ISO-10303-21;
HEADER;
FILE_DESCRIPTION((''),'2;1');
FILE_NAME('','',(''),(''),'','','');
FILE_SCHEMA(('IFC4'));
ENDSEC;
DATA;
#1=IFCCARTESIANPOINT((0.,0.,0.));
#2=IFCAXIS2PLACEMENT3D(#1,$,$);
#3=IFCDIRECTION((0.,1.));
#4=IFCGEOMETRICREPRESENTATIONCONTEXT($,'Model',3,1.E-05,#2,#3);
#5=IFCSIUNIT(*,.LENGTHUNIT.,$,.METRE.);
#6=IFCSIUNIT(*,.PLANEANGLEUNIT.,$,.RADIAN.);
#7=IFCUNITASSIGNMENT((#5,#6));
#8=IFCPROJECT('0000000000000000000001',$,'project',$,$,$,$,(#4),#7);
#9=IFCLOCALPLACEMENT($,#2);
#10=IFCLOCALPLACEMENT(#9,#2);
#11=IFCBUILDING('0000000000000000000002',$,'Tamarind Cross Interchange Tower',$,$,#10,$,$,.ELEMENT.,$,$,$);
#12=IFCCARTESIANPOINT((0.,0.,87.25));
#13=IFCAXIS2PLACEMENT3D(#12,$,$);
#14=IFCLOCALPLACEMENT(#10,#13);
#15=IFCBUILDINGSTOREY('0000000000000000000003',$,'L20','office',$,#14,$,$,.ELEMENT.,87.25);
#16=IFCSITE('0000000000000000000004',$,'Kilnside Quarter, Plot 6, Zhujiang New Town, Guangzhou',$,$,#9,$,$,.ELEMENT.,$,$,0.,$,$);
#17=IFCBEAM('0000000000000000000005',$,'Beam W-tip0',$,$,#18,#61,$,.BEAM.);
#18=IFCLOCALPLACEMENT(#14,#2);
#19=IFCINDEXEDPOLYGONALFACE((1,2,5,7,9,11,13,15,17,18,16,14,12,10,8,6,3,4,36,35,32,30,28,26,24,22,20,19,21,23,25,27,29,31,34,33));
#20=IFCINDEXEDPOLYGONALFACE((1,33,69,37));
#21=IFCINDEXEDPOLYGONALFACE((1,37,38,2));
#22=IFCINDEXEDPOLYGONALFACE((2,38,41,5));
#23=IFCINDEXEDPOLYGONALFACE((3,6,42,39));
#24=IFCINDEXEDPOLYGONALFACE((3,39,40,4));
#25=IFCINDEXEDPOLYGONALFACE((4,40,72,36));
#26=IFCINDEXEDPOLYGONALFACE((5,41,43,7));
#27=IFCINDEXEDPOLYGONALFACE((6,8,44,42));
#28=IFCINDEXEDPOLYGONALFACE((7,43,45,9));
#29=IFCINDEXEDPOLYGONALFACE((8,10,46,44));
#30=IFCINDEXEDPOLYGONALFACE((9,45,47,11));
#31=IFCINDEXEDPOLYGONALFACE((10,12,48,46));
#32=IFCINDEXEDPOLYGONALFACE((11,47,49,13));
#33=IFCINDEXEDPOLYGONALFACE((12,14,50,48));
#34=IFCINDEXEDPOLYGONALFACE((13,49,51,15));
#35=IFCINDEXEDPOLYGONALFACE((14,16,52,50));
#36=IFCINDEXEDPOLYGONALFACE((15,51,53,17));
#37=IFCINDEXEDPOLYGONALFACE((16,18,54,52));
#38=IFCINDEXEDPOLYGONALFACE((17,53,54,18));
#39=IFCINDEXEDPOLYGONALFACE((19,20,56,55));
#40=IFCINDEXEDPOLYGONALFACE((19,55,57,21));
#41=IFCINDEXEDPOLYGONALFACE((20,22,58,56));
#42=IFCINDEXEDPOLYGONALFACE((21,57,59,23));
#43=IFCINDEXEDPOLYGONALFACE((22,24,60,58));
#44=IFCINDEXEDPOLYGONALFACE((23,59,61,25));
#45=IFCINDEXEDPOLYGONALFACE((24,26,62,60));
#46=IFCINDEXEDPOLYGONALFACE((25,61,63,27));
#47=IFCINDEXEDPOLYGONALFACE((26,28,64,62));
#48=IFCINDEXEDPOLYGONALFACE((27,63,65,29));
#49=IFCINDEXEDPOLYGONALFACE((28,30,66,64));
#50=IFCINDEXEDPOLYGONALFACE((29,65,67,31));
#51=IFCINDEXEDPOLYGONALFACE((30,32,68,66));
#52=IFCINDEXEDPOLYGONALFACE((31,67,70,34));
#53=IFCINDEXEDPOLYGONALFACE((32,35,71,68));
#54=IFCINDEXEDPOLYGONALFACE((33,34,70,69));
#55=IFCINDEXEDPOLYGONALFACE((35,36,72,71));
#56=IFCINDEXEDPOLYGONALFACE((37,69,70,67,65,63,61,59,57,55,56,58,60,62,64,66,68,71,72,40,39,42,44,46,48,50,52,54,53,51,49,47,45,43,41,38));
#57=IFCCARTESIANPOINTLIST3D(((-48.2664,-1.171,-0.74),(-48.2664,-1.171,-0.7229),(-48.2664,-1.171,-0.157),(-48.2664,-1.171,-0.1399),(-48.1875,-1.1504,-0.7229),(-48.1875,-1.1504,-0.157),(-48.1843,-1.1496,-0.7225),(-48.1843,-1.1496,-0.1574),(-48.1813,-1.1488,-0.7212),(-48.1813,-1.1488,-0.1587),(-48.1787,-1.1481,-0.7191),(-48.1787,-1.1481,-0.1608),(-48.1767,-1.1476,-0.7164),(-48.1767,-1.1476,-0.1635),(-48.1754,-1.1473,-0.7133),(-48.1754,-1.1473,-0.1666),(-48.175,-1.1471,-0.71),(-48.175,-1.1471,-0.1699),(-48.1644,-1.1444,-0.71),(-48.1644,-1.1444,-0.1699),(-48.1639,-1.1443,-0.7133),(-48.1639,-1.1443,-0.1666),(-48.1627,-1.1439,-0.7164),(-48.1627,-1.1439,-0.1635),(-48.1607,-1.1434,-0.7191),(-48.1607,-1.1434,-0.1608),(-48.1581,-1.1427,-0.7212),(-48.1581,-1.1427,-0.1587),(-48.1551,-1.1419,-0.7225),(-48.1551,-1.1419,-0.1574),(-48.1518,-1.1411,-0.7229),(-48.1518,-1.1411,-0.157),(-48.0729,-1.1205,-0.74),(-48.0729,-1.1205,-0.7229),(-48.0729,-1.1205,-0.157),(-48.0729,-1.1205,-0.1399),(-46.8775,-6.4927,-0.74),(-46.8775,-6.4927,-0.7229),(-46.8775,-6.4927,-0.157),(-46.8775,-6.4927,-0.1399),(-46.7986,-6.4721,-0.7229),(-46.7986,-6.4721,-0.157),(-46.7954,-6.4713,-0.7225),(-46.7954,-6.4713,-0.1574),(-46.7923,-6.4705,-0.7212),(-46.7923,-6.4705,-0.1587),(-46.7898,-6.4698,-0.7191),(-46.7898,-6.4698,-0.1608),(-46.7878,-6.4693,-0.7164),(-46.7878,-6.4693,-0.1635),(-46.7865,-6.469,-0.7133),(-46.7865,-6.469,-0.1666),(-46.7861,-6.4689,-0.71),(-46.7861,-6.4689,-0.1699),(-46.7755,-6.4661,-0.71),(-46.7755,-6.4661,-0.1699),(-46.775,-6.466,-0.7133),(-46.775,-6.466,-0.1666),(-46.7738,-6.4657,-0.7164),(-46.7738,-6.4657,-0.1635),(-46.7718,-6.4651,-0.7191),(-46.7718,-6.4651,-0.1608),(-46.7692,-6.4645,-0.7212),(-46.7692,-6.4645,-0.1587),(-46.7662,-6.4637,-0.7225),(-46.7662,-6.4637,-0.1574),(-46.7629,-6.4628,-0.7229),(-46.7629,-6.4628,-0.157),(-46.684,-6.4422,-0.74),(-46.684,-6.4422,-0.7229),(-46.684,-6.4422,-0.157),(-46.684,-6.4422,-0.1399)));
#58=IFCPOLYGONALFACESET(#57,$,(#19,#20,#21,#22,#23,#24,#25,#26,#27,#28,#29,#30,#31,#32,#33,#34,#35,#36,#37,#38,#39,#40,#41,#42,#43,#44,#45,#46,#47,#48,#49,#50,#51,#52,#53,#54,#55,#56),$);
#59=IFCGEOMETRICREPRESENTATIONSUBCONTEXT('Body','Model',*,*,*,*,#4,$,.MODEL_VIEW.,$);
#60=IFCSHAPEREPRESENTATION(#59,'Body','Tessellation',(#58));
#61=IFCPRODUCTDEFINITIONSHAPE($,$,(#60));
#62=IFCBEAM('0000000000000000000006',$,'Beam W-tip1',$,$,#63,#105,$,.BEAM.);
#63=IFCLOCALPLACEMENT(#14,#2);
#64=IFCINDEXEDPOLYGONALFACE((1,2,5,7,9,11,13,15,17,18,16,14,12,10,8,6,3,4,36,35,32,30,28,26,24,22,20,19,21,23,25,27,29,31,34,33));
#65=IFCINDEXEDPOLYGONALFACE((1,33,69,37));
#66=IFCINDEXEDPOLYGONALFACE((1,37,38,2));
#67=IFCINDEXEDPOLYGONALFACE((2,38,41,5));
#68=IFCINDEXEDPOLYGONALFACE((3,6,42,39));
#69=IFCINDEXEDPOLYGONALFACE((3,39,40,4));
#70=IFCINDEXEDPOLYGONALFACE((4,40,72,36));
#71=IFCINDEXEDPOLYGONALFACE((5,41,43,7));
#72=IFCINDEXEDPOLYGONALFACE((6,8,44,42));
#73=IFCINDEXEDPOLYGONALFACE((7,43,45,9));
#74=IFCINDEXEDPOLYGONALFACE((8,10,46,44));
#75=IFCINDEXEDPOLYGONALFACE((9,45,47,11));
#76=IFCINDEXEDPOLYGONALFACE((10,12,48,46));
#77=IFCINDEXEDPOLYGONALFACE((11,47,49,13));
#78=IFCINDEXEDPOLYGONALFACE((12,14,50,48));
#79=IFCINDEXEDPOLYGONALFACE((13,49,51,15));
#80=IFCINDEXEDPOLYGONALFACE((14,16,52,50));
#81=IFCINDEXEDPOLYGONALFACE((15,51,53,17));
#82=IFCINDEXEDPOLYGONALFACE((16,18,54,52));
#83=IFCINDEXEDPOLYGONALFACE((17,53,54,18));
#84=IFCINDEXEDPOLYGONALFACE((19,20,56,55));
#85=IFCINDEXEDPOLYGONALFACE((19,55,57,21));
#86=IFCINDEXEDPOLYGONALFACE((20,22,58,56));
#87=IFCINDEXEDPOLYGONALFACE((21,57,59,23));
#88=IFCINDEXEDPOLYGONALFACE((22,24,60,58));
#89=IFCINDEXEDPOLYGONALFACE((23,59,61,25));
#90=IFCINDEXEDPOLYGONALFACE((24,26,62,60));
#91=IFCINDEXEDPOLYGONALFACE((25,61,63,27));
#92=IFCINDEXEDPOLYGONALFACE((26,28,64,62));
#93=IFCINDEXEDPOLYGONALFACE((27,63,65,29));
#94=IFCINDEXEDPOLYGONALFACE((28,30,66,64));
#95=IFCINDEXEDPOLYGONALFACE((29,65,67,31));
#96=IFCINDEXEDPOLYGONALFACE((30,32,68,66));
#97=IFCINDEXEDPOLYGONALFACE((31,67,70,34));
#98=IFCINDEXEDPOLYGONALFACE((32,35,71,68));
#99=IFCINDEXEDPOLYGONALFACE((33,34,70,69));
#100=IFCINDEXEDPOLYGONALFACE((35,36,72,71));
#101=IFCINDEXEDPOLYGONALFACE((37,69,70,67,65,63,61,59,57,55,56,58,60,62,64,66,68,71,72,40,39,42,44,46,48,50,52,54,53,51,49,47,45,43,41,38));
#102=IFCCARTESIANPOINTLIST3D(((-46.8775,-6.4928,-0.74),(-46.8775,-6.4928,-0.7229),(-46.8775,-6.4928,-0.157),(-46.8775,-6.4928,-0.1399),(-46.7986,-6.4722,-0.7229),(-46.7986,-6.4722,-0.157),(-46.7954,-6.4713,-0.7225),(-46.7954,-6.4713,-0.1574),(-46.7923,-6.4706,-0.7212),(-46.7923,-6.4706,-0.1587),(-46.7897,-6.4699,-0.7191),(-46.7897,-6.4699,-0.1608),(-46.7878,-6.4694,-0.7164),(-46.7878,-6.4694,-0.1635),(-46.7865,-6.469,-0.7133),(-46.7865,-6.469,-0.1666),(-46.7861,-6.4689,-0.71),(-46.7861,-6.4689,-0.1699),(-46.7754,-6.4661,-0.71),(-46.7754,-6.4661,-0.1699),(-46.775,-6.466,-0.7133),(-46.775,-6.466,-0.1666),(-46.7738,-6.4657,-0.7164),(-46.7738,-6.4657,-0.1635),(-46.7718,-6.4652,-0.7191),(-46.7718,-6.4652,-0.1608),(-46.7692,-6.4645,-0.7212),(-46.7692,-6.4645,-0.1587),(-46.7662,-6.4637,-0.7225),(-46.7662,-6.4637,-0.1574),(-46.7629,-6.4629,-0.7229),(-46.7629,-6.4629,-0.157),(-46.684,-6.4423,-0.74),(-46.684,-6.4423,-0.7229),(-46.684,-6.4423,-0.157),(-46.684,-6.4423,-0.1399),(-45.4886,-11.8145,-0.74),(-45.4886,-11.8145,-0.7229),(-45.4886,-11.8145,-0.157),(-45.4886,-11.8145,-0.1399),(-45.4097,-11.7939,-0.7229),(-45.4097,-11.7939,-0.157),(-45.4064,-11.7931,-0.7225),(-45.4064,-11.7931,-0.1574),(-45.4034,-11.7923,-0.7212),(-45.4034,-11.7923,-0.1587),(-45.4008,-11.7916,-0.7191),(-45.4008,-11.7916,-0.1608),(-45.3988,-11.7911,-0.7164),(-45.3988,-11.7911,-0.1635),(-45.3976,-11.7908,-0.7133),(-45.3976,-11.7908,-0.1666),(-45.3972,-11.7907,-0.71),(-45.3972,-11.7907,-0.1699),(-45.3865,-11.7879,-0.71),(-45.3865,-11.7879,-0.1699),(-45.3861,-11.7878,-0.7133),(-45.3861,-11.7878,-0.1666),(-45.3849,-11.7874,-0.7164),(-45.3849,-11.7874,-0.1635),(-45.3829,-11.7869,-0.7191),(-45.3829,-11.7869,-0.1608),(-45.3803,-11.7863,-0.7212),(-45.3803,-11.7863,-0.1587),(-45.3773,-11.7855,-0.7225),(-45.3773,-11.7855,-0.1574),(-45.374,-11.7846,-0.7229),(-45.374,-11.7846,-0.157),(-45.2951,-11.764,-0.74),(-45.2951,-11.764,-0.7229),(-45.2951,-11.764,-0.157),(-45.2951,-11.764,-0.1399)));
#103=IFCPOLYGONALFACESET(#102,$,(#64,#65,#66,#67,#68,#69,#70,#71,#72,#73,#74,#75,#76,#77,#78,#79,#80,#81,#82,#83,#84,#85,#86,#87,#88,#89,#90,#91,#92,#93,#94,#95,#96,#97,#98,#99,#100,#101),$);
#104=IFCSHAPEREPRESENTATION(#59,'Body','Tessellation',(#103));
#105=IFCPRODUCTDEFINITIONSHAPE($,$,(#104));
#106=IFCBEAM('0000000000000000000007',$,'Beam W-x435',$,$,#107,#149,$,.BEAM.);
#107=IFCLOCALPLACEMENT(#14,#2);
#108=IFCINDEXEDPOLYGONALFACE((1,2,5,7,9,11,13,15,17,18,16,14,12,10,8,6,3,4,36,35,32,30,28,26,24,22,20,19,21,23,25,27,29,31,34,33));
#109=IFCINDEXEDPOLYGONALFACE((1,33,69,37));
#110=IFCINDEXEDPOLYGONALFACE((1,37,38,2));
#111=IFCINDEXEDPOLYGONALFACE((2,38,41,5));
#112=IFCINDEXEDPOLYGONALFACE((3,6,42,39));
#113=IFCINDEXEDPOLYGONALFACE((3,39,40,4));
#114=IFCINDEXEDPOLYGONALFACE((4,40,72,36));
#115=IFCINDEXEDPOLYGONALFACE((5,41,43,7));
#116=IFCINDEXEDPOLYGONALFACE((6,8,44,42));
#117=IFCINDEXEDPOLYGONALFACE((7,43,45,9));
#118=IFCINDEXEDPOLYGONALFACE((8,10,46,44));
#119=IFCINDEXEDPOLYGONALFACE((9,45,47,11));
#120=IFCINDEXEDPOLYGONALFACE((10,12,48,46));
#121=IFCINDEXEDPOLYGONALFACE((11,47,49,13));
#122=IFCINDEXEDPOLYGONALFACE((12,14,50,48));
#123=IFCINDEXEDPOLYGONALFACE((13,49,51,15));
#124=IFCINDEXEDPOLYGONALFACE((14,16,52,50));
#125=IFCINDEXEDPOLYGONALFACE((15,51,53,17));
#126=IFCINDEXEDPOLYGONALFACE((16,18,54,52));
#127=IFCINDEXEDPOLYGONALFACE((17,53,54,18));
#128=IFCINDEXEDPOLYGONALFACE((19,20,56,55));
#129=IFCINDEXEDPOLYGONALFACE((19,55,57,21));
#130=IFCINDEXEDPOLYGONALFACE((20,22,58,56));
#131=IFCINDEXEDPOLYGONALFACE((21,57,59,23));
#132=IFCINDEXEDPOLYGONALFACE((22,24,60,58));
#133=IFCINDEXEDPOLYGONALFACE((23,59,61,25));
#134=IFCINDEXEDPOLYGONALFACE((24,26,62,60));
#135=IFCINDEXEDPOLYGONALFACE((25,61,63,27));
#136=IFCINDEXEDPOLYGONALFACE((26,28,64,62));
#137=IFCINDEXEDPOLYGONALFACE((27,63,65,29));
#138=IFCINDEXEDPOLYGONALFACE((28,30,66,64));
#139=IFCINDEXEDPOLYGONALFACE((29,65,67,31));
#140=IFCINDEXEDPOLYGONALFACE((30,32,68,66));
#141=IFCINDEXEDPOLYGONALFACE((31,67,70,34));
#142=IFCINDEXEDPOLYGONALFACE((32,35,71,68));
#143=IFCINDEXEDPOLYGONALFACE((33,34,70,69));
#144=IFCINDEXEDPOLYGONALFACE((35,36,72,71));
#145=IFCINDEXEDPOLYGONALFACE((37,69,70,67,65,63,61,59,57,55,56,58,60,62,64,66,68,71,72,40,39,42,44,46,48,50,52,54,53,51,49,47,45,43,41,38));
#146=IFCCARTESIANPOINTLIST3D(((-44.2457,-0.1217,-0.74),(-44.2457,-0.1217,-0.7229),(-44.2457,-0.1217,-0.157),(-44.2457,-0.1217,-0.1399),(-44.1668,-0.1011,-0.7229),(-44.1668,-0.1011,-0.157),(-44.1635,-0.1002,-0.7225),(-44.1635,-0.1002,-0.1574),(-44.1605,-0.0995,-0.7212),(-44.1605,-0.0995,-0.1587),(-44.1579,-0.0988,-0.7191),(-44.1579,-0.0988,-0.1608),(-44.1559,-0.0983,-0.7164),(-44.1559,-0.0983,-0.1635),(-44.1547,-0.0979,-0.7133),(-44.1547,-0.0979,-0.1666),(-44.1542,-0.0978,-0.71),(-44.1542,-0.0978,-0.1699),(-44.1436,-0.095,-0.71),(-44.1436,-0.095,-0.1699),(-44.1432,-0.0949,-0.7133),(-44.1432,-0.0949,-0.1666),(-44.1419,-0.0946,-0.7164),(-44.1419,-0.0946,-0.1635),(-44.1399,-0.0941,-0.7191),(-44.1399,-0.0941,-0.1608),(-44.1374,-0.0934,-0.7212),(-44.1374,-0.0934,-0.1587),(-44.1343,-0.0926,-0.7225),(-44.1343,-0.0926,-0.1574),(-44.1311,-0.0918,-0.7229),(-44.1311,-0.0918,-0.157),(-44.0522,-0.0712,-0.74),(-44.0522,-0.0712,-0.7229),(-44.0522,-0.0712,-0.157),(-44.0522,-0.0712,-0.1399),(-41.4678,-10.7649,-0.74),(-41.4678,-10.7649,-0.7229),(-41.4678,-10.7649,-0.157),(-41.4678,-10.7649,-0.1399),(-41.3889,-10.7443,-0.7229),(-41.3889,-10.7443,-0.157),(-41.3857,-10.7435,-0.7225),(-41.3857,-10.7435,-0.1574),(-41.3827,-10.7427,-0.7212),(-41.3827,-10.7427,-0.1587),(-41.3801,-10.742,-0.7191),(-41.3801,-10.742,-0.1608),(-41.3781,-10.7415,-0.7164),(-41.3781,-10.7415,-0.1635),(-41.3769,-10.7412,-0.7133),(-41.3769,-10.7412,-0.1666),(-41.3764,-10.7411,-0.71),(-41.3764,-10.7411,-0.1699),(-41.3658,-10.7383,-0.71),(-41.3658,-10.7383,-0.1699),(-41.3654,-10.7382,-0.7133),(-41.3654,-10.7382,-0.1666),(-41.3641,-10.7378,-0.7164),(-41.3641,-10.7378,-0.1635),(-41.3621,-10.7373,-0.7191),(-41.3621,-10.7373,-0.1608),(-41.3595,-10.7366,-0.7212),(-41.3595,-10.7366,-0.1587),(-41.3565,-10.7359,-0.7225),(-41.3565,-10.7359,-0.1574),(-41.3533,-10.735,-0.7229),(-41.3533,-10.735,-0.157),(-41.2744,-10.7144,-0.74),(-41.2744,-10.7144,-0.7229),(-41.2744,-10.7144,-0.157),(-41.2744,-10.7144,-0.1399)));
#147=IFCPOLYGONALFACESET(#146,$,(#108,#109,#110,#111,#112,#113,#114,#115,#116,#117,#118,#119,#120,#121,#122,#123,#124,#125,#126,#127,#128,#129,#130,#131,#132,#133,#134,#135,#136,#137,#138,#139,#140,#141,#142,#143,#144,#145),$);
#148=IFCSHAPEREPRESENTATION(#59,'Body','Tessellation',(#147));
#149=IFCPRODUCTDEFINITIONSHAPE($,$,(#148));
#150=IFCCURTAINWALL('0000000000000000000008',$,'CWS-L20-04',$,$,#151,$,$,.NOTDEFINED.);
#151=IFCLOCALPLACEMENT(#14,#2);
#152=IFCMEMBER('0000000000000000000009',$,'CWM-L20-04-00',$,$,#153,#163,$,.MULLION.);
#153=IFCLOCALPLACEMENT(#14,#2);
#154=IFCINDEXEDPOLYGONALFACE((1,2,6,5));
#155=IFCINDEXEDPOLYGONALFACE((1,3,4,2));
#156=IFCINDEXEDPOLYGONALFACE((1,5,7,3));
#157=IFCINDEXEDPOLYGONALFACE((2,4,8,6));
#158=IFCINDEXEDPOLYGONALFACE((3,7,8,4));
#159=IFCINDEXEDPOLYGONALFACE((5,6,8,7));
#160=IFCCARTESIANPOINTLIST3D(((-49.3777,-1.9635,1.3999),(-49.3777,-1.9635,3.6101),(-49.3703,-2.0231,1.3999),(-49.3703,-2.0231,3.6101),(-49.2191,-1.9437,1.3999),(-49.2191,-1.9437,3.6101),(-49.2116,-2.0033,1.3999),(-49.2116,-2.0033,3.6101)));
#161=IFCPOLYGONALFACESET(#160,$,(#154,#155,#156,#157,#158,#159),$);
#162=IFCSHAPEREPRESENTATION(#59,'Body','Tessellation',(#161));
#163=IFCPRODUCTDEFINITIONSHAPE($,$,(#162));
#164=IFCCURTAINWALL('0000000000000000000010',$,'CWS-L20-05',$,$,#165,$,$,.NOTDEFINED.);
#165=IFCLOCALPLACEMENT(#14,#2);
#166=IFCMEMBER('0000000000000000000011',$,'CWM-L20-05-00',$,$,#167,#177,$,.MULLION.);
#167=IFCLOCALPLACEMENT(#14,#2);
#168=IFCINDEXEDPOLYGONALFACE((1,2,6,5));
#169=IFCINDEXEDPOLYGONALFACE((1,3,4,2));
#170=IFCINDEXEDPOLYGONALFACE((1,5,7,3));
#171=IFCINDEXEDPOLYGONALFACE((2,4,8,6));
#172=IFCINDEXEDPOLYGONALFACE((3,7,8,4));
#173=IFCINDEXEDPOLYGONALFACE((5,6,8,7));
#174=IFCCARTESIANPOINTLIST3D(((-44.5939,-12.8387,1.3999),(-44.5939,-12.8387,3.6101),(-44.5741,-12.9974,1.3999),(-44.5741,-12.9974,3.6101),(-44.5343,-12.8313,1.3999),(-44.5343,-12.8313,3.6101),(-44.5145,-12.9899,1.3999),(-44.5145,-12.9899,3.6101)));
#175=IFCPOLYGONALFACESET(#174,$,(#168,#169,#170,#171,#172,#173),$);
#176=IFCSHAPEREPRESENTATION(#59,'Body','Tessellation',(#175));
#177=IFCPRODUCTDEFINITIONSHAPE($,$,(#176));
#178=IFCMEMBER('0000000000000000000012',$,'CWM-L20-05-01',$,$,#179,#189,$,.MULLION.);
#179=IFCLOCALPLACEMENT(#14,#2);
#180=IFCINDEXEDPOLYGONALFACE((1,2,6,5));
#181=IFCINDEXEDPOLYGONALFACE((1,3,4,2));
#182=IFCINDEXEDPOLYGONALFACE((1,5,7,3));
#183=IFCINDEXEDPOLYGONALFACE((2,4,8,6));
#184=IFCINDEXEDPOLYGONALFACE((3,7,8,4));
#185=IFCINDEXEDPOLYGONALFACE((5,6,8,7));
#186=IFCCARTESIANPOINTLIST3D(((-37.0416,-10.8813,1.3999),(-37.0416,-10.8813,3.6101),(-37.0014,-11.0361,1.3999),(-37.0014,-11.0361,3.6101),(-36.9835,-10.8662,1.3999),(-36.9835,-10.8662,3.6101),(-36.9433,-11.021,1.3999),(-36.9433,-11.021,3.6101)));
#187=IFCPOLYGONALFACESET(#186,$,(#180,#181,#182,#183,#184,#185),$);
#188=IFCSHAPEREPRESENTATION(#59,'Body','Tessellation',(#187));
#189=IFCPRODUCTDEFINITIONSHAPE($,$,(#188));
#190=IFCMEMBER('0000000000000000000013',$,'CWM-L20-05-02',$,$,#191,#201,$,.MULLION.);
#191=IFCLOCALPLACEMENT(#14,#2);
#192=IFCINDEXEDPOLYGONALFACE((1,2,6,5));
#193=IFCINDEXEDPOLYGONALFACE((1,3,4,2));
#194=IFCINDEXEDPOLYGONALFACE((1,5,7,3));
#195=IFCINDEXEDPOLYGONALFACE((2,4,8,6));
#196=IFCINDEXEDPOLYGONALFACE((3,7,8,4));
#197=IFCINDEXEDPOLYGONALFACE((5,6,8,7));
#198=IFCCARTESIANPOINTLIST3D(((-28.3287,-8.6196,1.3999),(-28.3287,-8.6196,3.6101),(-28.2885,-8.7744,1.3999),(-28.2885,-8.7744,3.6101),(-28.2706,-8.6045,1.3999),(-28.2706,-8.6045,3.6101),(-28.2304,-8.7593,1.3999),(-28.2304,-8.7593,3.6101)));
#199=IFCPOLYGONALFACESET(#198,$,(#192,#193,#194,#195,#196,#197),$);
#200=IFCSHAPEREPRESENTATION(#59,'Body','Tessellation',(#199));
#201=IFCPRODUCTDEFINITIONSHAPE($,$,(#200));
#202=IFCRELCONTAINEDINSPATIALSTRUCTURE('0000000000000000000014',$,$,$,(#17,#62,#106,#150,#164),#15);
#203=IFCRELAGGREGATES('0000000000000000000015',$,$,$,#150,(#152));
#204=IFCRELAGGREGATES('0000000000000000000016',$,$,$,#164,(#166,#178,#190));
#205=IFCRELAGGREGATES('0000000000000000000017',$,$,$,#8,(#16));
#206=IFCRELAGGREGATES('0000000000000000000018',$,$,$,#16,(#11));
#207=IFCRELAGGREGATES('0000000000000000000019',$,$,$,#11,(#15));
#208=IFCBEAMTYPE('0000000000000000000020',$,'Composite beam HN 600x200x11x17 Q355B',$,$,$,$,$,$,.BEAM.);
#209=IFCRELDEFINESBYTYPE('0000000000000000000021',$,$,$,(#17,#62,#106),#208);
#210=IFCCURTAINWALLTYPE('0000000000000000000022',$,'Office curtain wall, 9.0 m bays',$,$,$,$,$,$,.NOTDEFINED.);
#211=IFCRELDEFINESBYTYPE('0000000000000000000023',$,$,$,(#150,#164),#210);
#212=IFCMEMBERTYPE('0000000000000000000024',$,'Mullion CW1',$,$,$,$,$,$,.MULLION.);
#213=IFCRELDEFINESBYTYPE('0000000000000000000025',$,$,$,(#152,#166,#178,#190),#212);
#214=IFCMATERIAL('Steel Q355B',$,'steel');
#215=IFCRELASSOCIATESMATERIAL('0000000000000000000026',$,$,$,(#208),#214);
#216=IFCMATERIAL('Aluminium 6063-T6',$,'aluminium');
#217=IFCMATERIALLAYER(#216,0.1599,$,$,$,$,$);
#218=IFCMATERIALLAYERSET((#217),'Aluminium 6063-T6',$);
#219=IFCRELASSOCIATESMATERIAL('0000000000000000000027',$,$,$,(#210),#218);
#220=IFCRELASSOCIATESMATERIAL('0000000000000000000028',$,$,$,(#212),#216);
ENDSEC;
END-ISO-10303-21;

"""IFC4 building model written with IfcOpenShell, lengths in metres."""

from ifc_helpers import new_model, si_unit, direction, frame, origin, origin_2d, place, context, subcontext, project, spatial, rectangle, i_section, extrude, material, layer, layer_set, material_profile, profile_set, type_object, element, aggregate, save


model = new_model("IFC4")

# Units and contexts
model_context = context("Model", 3, precision=1e-05, world=origin(), true_north=direction((0.0, 1.0)))
body_context = subcontext(model_context, "Body", "Model", "MODEL_VIEW")
ifc_project = project(units=[si_unit("LENGTHUNIT", "METRE"), si_unit("PLANEANGLEUNIT", "RADIAN")], contexts=[model_context])

# Site, building, storey
site_placement = place(None, origin())
site = spatial("IfcSite", under=ifc_project, at=site_placement, Name="Kilnside Quarter, Plot 6, Zhujiang New Town, Guangzhou", CompositionType="ELEMENT", RefElevation=0.0)
building_placement = place(site_placement, origin())
building = spatial("IfcBuilding", under=site, at=building_placement, Name="Tamarind Cross Interchange Tower", CompositionType="ELEMENT")
storey_placement = place(building_placement, frame((0.0, 0.0, 87.25)))
storey = spatial("IfcBuildingStorey", under=building, at=storey_placement, Name="L20", Description="office", CompositionType="ELEMENT", Elevation=87.25)

# Beams
ifc_material_1 = material(Name="Steel Q355B", Category="steel")
ifc_material_profile_1 = material_profile(ifc_material_1, i_section(OverallWidth=0.2, OverallDepth=0.6001, WebThickness=0.011, FlangeThickness=0.0171, FilletRadius=0.0129, at=origin_2d()), Name="HN 600x200x11x17")
ifc_profile_set_1 = profile_set([ifc_material_profile_1], Name="Steel Q355B")
beam_type_1 = type_object("IfcBeamType", Name="Composite beam HN 600x200x11x17 Q355B", PredefinedType="BEAM", material=ifc_profile_set_1)
for number, where, z_axis, x_axis, name in (
    (1, (-48.1697, -1.1458, -0.4399), (0.252529, -0.967589, 0.0), (0.967589, 0.252529, 0.0), "Beam W-tip0"),
    (2, (-46.7808, -6.4675, -0.4399), (0.252529, -0.967589, 0.0), (0.967589, 0.252529, 0.0), "Beam W-tip1"),
):
    element("IfcBeam", number, at=place(storey_placement, frame(where, z_axis=z_axis, x_axis=x_axis)), inside=storey, type_object=beam_type_1, Name=name, PredefinedType="BEAM", context=body_context, shape_type="SweptSolid", body=[
        extrude(i_section(OverallWidth=0.2, OverallDepth=0.6001, WebThickness=0.011, FlangeThickness=0.0171, FilletRadius=0.0129, at=origin_2d()), origin(), (0.0, 0.0, 1.0), 5.5),
    ])
beam_1_placement = place(storey_placement, frame((-44.1489, -0.0964, -0.4399), z_axis=(0.252534, -0.967588, 0.0), x_axis=(0.967588, 0.252534, 0.0)))
element("IfcBeam", 3, at=beam_1_placement, inside=storey, type_object=beam_type_1, Name="Beam W-x435", PredefinedType="BEAM", context=body_context, shape_type="SweptSolid", body=[
    extrude(i_section(OverallWidth=0.2, OverallDepth=0.6001, WebThickness=0.011, FlangeThickness=0.0171, FilletRadius=0.0129, at=origin_2d()), origin(), (0.0, 0.0, 1.0), 10.9998),
])

# Curtain wall, member
ifc_material_2 = material(Name="Aluminium 6063-T6", Category="aluminium")
ifc_layer_1 = layer(ifc_material_2, 0.1599)
ifc_layer_set_1 = layer_set([ifc_layer_1], Name="Aluminium 6063-T6")
curtain_wall_type = type_object("IfcCurtainWallType", Name="Office curtain wall, 9.0 m bays", PredefinedType="NOTDEFINED", material=ifc_layer_set_1)
curtain_wall_1_placement = place(storey_placement, origin())
curtain_wall_1 = element("IfcCurtainWall", 4, at=curtain_wall_1_placement, inside=storey, type_object=curtain_wall_type, Name="CWS-L20-04", PredefinedType="NOTDEFINED")
ifc_material_profile_2 = material_profile(ifc_material_2, rectangle(XDim=0.0601, YDim=0.1599, at=origin_2d()), Name="Mullion CW1")
ifc_profile_set_2 = profile_set([ifc_material_profile_2], Name="Aluminium 6063-T6")
member_type = type_object("IfcMemberType", Name="Mullion CW1", PredefinedType="MULLION", material=ifc_profile_set_2)
member_1_placement = place(storey_placement, frame((-49.2947, -1.9834, 1.3999), z_axis=(0.0, 0.0, 1.0), x_axis=(0.124073, -0.992273, 0.0)))
member_1 = element("IfcMember", 5, at=member_1_placement, type_object=member_type, Name="CWM-L20-04-00", PredefinedType="MULLION", context=body_context, shape_type="SweptSolid", body=[
    extrude(rectangle(XDim=0.0601, YDim=0.1599, at=origin_2d()), origin(), (0.0, 0.0, 1.0), 2.2102),
])
aggregate(curtain_wall_1, [member_1])

# Curtain wall, members
curtain_wall_2_placement = place(storey_placement, origin())
curtain_wall_2 = element("IfcCurtainWall", 6, at=curtain_wall_2_placement, inside=storey, type_object=curtain_wall_type, Name="CWS-L20-05", PredefinedType="NOTDEFINED")
member_2_placement = place(storey_placement, frame((-44.5542, -12.9143, 1.3999), z_axis=(0.0, 0.0, 1.0), x_axis=(0.992354, 0.123426, 0.0)))
member_2 = element("IfcMember", 7, at=member_2_placement, type_object=member_type, Name="CWM-L20-05-00", PredefinedType="MULLION", context=body_context, shape_type="SweptSolid", body=[
    extrude(rectangle(XDim=0.0601, YDim=0.1599, at=origin_2d()), origin(), (0.0, 0.0, 1.0), 2.2102),
])
member_3_placement = place(storey_placement, frame((-36.9924, -10.9512, 1.3999), z_axis=(0.0, 0.0, 1.0), x_axis=(0.967918, 0.251267, 0.0)))
member_3 = element("IfcMember", 8, at=member_3_placement, type_object=member_type, Name="CWM-L20-05-01", PredefinedType="MULLION", context=body_context, shape_type="SweptSolid", body=[
    extrude(rectangle(XDim=0.0601, YDim=0.1599, at=origin_2d()), origin(), (0.0, 0.0, 1.0), 2.2102),
])
member_4_placement = place(storey_placement, frame((-28.2795, -8.6895, 1.3999), z_axis=(0.0, 0.0, 1.0), x_axis=(0.967918, 0.251267, 0.0)))
member_4 = element("IfcMember", 9, at=member_4_placement, type_object=member_type, Name="CWM-L20-05-02", PredefinedType="MULLION", context=body_context, shape_type="SweptSolid", body=[
    extrude(rectangle(XDim=0.0601, YDim=0.1599, at=origin_2d()), origin(), (0.0, 0.0, 1.0), 2.2102),
])
aggregate(curtain_wall_2, [member_2, member_3, member_4])

save(model, "model.ifc")
